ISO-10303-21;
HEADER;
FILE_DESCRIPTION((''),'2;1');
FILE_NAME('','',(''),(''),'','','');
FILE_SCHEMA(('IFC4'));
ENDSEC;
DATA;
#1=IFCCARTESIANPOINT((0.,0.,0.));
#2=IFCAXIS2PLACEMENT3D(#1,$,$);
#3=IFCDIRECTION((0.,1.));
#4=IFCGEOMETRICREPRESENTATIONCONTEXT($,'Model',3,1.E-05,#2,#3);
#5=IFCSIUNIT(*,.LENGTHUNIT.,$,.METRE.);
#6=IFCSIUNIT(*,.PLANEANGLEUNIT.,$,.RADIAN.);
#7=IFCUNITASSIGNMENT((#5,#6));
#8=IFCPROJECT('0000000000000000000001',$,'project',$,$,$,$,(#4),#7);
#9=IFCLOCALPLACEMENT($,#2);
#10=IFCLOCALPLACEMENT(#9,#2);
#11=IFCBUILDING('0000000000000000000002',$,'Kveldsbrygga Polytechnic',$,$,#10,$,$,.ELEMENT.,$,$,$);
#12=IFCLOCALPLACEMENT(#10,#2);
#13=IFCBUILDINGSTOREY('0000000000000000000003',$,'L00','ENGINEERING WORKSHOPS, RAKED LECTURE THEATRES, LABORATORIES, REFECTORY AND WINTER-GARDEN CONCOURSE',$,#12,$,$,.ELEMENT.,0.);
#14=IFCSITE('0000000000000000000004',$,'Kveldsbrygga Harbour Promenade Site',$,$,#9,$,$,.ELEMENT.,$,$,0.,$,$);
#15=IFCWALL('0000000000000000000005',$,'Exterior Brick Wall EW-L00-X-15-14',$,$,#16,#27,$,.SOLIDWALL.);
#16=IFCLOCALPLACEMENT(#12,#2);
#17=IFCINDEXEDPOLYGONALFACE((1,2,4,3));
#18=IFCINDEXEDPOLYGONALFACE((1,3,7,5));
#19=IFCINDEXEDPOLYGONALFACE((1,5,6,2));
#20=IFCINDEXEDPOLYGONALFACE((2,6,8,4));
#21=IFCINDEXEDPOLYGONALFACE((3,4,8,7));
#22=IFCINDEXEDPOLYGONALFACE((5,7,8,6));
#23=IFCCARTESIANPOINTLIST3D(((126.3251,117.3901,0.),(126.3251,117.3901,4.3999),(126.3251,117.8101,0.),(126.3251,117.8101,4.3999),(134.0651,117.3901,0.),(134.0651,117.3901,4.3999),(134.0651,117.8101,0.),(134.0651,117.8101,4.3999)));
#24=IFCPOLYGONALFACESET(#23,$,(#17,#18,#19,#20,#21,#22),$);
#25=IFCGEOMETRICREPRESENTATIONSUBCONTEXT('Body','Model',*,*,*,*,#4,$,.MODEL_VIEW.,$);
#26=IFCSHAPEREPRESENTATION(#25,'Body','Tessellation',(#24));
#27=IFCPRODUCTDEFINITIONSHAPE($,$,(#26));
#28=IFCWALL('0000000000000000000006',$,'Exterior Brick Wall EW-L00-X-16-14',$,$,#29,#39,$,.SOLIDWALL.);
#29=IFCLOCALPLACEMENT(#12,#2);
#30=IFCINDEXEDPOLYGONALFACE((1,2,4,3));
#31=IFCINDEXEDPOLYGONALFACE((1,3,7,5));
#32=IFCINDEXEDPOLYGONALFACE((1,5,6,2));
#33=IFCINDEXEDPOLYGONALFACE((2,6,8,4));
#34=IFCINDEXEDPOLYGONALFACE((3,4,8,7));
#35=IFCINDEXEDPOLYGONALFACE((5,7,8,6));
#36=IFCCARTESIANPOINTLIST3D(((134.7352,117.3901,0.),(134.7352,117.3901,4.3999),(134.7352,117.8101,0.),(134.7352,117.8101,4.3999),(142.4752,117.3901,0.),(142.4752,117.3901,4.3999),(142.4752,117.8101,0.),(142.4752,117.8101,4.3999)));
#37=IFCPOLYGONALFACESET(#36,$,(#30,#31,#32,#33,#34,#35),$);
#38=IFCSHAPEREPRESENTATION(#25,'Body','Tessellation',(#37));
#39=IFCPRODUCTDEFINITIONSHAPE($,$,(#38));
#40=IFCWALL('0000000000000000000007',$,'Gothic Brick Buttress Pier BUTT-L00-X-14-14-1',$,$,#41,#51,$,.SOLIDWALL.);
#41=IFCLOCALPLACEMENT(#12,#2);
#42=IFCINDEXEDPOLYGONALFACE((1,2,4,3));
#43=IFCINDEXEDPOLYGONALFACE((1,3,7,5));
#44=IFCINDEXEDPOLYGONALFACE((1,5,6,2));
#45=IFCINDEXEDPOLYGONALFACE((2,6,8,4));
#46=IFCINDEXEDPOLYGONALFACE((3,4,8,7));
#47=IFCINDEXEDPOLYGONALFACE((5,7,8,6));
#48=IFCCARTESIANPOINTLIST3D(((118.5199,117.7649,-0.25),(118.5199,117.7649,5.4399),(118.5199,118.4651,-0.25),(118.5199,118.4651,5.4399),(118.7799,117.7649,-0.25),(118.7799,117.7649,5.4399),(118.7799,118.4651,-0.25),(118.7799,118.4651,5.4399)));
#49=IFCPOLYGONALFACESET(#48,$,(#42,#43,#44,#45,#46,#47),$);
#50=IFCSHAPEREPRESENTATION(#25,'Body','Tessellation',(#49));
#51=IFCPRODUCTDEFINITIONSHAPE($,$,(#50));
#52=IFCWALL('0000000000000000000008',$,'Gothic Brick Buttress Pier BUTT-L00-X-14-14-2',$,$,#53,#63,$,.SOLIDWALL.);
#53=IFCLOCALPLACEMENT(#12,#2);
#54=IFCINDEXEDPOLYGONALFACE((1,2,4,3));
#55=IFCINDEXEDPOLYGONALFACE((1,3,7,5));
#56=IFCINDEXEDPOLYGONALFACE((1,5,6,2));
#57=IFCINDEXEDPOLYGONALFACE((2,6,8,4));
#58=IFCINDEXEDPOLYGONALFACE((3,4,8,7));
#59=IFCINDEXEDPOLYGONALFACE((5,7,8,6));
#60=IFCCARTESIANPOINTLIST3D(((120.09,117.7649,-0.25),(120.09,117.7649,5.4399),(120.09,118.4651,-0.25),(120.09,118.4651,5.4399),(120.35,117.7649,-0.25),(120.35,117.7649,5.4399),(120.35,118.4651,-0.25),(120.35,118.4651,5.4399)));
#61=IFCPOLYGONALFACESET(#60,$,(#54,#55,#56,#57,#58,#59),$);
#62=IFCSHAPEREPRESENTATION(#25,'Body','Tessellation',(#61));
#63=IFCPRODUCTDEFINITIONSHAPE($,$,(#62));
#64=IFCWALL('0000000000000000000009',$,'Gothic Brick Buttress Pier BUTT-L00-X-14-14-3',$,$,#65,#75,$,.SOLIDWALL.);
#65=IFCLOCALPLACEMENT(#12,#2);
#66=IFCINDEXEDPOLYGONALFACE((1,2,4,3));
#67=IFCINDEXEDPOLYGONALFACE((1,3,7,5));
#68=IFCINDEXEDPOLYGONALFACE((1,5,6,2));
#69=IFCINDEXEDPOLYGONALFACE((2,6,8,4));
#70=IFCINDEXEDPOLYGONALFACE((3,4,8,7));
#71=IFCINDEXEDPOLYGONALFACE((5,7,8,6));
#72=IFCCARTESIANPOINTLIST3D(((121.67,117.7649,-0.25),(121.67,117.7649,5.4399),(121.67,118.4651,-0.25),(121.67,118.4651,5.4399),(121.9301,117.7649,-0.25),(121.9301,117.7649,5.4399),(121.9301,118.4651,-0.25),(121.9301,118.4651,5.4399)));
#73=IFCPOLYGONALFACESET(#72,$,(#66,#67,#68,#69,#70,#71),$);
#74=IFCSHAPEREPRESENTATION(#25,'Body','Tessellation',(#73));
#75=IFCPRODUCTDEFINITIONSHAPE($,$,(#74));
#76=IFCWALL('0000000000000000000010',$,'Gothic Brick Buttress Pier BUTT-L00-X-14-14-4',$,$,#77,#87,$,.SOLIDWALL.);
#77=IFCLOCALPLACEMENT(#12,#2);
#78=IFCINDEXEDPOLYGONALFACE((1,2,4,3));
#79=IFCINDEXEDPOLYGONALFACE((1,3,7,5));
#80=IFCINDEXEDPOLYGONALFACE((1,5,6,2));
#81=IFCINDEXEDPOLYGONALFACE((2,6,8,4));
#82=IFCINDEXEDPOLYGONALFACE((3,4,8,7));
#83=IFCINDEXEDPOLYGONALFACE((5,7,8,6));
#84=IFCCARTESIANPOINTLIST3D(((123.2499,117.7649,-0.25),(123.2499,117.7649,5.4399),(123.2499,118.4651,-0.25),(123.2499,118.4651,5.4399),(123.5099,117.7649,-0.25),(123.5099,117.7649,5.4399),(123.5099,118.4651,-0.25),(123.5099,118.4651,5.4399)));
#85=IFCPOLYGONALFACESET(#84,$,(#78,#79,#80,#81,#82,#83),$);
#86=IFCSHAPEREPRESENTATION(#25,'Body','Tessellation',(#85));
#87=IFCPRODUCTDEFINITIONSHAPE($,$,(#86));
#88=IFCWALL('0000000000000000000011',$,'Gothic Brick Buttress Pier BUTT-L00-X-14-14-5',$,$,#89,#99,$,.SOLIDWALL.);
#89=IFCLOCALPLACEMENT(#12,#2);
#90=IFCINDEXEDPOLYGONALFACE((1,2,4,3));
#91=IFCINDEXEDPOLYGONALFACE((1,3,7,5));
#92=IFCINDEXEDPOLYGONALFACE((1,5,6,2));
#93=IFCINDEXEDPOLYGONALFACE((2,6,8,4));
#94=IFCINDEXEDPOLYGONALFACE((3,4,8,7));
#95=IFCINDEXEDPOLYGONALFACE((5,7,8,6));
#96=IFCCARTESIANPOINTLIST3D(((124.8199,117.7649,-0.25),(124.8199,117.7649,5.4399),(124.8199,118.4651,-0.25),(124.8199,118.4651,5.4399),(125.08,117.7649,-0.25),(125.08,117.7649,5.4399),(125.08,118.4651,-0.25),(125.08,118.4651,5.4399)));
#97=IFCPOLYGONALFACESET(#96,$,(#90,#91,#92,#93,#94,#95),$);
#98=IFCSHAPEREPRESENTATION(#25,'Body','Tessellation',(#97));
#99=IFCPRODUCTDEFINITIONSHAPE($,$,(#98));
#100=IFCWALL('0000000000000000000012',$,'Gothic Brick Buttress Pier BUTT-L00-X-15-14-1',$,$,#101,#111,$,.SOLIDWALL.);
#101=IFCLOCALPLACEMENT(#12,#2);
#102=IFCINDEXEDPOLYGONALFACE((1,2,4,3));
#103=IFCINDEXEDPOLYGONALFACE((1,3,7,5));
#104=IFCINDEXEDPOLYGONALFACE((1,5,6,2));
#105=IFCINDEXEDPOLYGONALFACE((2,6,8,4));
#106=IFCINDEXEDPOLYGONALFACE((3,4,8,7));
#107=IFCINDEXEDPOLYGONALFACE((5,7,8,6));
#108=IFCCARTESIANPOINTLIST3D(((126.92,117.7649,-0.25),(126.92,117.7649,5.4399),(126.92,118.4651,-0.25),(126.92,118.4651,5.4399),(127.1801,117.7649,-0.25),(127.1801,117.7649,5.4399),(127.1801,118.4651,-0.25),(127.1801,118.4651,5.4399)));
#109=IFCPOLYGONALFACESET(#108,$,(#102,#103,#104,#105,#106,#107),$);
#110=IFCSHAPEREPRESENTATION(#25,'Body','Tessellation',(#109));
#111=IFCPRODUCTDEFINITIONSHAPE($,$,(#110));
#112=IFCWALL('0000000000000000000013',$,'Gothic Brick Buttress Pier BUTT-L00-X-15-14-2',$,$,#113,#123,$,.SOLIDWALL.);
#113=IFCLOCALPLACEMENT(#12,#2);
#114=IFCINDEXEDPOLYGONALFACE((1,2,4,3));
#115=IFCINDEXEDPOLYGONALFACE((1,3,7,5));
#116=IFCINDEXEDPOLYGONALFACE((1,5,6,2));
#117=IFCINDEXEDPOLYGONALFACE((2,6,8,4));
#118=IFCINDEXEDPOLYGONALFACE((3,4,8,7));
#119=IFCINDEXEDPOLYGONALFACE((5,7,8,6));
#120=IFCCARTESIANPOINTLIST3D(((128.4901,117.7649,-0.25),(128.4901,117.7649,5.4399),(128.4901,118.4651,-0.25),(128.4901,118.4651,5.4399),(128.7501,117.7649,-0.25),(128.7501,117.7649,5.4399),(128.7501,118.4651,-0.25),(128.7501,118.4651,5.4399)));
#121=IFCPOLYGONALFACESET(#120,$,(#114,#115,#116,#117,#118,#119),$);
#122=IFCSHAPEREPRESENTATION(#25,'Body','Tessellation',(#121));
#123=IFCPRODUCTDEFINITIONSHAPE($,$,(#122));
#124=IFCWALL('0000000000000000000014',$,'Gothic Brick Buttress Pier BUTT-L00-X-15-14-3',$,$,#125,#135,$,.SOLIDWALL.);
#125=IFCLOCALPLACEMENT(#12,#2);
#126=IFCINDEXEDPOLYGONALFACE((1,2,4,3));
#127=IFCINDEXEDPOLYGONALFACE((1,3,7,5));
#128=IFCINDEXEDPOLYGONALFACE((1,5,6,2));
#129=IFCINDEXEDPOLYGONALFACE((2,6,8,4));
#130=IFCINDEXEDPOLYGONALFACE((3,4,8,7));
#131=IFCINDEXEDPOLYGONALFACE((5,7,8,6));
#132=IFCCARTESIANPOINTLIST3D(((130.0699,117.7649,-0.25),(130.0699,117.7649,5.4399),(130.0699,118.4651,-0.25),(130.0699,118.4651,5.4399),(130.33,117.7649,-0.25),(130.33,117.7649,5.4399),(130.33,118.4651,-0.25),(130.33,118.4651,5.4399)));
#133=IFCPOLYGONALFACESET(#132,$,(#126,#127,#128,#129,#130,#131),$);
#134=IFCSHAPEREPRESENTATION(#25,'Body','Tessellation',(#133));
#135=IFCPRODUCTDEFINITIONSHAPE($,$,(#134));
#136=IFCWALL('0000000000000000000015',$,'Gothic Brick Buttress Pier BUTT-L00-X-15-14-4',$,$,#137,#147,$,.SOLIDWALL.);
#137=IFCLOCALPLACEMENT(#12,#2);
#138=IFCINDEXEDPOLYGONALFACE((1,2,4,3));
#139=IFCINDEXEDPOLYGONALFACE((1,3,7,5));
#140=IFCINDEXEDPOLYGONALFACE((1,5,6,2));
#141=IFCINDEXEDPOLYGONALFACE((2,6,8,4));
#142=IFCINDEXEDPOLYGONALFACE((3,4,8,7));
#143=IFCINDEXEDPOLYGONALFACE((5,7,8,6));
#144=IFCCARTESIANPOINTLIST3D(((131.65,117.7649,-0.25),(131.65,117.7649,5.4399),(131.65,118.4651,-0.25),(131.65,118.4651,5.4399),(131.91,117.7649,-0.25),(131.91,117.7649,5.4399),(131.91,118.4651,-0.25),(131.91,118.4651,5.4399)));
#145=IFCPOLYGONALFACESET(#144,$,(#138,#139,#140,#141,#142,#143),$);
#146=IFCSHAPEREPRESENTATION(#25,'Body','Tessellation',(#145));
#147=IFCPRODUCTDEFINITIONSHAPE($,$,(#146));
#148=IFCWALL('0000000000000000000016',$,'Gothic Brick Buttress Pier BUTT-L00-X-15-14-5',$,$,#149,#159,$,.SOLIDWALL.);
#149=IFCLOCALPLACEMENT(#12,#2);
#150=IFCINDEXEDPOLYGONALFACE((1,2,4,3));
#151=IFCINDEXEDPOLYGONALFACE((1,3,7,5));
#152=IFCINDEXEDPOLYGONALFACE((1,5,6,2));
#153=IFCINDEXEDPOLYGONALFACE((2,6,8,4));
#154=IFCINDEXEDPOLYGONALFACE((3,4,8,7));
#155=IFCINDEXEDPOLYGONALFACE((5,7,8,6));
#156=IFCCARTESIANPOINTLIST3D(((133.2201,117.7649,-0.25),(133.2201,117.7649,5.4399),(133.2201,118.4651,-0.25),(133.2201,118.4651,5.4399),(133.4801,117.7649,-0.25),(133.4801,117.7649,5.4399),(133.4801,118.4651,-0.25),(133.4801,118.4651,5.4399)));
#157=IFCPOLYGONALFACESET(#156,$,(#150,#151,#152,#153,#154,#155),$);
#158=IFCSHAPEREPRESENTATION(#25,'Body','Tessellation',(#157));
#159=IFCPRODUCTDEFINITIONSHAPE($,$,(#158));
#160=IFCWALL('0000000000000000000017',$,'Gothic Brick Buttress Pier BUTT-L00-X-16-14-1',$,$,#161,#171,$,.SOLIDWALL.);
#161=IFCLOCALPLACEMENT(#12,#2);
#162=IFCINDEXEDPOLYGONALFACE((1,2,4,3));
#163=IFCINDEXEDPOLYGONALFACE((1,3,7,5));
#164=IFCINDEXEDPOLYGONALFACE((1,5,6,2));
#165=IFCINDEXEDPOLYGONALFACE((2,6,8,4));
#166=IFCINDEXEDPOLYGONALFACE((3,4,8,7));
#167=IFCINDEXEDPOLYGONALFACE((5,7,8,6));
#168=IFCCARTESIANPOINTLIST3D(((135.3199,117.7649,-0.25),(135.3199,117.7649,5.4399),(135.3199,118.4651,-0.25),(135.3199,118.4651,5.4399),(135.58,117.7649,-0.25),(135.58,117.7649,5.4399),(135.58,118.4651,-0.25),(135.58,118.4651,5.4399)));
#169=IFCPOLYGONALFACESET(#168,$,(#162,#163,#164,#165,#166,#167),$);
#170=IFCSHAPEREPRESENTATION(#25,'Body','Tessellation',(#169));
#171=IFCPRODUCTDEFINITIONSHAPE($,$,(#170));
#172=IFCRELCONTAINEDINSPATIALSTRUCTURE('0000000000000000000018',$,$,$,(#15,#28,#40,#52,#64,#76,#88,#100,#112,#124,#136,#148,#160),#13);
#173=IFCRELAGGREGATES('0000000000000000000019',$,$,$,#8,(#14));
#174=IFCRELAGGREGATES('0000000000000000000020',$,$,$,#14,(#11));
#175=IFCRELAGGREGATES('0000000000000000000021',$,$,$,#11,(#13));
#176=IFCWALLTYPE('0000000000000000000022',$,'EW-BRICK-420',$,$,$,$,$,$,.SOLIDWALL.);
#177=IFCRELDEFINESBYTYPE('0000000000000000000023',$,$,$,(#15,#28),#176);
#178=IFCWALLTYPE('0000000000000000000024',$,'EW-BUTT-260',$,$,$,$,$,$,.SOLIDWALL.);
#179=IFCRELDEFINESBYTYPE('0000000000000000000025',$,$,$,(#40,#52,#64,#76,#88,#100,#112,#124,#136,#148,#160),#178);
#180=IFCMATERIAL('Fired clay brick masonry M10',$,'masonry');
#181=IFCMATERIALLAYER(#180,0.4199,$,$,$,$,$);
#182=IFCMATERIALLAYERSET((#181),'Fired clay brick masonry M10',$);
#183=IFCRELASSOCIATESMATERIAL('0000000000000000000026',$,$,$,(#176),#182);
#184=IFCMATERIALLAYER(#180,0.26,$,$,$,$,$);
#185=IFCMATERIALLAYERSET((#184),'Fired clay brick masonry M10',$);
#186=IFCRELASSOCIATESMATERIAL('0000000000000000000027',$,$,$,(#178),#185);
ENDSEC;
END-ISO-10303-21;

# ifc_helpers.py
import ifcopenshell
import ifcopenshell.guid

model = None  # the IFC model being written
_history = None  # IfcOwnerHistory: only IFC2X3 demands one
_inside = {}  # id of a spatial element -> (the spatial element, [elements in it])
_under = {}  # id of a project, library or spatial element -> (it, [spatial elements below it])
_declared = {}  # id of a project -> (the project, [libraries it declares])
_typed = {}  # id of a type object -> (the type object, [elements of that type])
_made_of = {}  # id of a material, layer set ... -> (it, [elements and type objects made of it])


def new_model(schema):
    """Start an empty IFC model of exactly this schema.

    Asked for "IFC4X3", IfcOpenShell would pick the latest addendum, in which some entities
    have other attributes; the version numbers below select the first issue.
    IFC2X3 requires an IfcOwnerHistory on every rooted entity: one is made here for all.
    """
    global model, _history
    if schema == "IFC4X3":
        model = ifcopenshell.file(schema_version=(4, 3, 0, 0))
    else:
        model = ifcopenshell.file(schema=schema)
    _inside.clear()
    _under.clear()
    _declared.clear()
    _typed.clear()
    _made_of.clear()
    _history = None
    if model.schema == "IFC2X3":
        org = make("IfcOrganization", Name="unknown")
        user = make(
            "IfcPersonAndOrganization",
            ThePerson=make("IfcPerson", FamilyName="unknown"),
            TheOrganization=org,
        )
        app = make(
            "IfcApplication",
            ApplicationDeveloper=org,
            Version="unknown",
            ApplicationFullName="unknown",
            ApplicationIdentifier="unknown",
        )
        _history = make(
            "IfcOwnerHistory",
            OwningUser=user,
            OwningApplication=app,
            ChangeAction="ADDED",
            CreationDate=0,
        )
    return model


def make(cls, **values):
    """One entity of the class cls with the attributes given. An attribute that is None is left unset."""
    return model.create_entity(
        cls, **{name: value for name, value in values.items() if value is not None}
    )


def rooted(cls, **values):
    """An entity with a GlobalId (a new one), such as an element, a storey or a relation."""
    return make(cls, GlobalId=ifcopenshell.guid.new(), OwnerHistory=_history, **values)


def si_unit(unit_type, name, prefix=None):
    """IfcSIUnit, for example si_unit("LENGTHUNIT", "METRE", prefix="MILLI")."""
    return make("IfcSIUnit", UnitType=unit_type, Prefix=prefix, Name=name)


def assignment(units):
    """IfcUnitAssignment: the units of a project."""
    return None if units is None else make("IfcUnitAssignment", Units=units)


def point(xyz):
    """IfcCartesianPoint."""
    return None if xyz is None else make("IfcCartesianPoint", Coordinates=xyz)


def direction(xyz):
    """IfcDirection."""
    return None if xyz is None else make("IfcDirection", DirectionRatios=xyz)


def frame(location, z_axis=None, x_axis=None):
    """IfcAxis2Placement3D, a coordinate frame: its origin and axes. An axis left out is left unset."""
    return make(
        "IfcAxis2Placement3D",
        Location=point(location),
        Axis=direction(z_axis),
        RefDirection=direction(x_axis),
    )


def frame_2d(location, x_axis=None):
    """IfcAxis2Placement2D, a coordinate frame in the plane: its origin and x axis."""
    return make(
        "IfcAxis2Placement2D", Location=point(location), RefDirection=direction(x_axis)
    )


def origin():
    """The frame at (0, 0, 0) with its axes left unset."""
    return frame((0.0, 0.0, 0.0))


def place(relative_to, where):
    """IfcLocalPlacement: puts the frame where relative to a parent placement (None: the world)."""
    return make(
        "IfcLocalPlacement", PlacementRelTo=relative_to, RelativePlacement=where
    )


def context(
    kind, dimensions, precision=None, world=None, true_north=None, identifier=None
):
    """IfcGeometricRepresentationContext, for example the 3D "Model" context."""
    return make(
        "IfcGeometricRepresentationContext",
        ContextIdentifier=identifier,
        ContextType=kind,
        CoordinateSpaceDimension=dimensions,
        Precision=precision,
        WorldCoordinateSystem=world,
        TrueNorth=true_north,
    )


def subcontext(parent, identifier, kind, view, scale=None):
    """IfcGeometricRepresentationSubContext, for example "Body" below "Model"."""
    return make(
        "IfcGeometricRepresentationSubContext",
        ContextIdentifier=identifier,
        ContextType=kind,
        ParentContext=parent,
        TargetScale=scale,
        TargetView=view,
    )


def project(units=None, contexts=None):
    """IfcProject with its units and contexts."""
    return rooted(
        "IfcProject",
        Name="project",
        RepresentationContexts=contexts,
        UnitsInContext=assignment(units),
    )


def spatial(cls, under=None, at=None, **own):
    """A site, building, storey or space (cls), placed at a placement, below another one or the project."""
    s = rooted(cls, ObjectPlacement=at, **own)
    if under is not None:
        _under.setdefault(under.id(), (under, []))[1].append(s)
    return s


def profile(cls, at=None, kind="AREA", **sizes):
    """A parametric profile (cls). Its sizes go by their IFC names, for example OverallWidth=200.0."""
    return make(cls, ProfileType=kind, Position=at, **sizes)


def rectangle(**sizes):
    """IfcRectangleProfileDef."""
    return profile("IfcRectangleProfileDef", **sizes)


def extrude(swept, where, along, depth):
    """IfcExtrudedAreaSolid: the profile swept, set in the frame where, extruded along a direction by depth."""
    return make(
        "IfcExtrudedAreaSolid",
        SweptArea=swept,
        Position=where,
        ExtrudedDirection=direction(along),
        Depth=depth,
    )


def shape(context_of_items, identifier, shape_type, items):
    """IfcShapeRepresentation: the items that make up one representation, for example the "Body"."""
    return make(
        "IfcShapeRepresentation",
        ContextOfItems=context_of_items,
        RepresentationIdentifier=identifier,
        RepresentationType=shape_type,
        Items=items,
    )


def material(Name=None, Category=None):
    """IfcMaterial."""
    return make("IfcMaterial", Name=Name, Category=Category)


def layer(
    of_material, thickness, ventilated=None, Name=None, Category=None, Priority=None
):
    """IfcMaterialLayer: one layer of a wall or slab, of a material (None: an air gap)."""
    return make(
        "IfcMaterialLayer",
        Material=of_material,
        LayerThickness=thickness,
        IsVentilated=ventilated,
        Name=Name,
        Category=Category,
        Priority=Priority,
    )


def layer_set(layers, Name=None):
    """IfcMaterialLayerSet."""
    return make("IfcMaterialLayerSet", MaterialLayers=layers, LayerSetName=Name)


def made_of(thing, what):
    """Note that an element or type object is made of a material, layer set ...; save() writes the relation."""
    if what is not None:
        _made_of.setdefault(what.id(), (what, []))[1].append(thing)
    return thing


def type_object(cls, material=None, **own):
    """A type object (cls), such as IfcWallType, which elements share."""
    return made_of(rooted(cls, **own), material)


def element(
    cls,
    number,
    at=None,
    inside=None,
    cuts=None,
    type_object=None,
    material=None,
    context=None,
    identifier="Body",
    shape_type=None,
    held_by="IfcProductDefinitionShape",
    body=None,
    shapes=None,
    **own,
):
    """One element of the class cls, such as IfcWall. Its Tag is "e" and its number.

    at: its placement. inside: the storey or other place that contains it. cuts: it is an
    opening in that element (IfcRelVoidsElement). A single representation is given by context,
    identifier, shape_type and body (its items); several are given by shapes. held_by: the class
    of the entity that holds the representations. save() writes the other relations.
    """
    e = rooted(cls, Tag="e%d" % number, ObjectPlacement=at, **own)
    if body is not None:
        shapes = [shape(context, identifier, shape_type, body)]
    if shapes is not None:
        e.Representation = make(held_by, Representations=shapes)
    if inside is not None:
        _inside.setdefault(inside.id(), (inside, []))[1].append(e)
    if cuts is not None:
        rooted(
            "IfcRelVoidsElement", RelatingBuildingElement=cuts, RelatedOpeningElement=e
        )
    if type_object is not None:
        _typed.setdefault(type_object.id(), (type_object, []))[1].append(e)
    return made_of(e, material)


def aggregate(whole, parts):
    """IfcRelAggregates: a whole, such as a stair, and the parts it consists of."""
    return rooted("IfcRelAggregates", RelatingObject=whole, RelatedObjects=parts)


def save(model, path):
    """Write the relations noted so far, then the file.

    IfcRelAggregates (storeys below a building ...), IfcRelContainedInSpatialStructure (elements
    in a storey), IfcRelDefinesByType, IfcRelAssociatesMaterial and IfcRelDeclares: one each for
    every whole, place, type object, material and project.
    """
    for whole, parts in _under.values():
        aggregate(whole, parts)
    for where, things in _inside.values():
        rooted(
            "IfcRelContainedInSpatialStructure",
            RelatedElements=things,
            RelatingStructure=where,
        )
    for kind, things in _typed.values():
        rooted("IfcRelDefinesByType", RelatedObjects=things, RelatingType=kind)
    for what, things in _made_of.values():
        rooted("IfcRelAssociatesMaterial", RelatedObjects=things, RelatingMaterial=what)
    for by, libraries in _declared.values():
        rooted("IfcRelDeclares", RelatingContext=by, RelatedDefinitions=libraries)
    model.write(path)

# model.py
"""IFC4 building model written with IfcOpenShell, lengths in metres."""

from ifc_helpers import new_model, si_unit, direction, frame, frame_2d, origin, place, context, subcontext, project, spatial, rectangle, extrude, material, layer, layer_set, type_object, element, save


model = new_model("IFC4")

# Units and contexts
model_context = context("Model", 3, precision=1e-05, world=origin(), true_north=direction((0.0, 1.0)))
body_context = subcontext(model_context, "Body", "Model", "MODEL_VIEW")
ifc_project = project(units=[si_unit("LENGTHUNIT", "METRE"), si_unit("PLANEANGLEUNIT", "RADIAN")], contexts=[model_context])

# Site, building, storey
site_placement = place(None, origin())
site = spatial("IfcSite", under=ifc_project, at=site_placement, Name="Kveldsbrygga Harbour Promenade Site", CompositionType="ELEMENT", RefElevation=0.0)
building_placement = place(site_placement, origin())
building = spatial("IfcBuilding", under=site, at=building_placement, Name="Kveldsbrygga Polytechnic", CompositionType="ELEMENT")
storey_placement = place(building_placement, origin())
storey = spatial("IfcBuildingStorey", under=building, at=storey_placement, Name="L00", Description="ENGINEERING WORKSHOPS, RAKED LECTURE THEATRES, LABORATORIES, REFECTORY AND WINTER-GARDEN CONCOURSE", CompositionType="ELEMENT", Elevation=0.0)

# Shared definitions
ifc_material_1 = material(Name="Fired clay brick masonry M10", Category="masonry")
ifc_layer_1 = layer(ifc_material_1, 0.4199)
ifc_layer_set_1 = layer_set([ifc_layer_1], Name="Fired clay brick masonry M10")
wall_type_1 = type_object("IfcWallType", Name="EW-BRICK-420", PredefinedType="SOLIDWALL", material=ifc_layer_set_1)

# Walls
for number, where, z_axis, x_axis, name in (
    (1, (126.325, 117.6001, 0.0), (0.0, 0.0, 1.0), (1.0, 0.0, 0.0), "Exterior Brick Wall EW-L00-X-15-14"),
    (2, (134.7351, 117.6001, 0.0), (0.0, 0.0, 1.0), (1.0, 0.0, 0.0), "Exterior Brick Wall EW-L00-X-16-14"),
):
    element("IfcWall", number, at=place(storey_placement, frame(where, z_axis=z_axis, x_axis=x_axis)), inside=storey, type_object=wall_type_1, Name=name, PredefinedType="SOLIDWALL", context=body_context, shape_type="SweptSolid", body=[
        extrude(rectangle(XDim=7.74, YDim=0.4199, at=frame_2d((3.8701, 0.0))), origin(), (0.0, 0.0, 1.0), 4.3999),
    ])
ifc_layer_2 = layer(ifc_material_1, 0.26)
ifc_layer_set_2 = layer_set([ifc_layer_2], Name="Fired clay brick masonry M10")
wall_type_2 = type_object("IfcWallType", Name="EW-BUTT-260", PredefinedType="SOLIDWALL", material=ifc_layer_set_2)
for number, where, z_axis, x_axis, name in (
    (3, (118.6499, 117.7649, -0.25), (0.0, 0.0, 1.0), (0.0, 1.0, 0.0), "Gothic Brick Buttress Pier BUTT-L00-X-14-14-1"),
    (4, (120.22, 117.7649, -0.25), (0.0, 0.0, 1.0), (0.0, 1.0, 0.0), "Gothic Brick Buttress Pier BUTT-L00-X-14-14-2"),
    (5, (121.8, 117.7649, -0.25), (0.0, 0.0, 1.0), (0.0, 1.0, 0.0), "Gothic Brick Buttress Pier BUTT-L00-X-14-14-3"),
    (6, (123.3799, 117.7649, -0.25), (0.0, 0.0, 1.0), (0.0, 1.0, 0.0), "Gothic Brick Buttress Pier BUTT-L00-X-14-14-4"),
    (7, (124.95, 117.7649, -0.25), (0.0, 0.0, 1.0), (0.0, 1.0, 0.0), "Gothic Brick Buttress Pier BUTT-L00-X-14-14-5"),
    (8, (127.05, 117.7649, -0.25), (0.0, 0.0, 1.0), (0.0, 1.0, 0.0), "Gothic Brick Buttress Pier BUTT-L00-X-15-14-1"),
    (9, (128.6201, 117.7649, -0.25), (0.0, 0.0, 1.0), (0.0, 1.0, 0.0), "Gothic Brick Buttress Pier BUTT-L00-X-15-14-2"),
    (10, (130.2, 117.7649, -0.25), (0.0, 0.0, 1.0), (0.0, 1.0, 0.0), "Gothic Brick Buttress Pier BUTT-L00-X-15-14-3"),
    (11, (131.78, 117.7649, -0.25), (0.0, 0.0, 1.0), (0.0, 1.0, 0.0), "Gothic Brick Buttress Pier BUTT-L00-X-15-14-4"),
    (12, (133.3501, 117.7649, -0.25), (0.0, 0.0, 1.0), (0.0, 1.0, 0.0), "Gothic Brick Buttress Pier BUTT-L00-X-15-14-5"),
    (13, (135.45, 117.7649, -0.25), (0.0, 0.0, 1.0), (0.0, 1.0, 0.0), "Gothic Brick Buttress Pier BUTT-L00-X-16-14-1"),
):
    element("IfcWall", number, at=place(storey_placement, frame(where, z_axis=z_axis, x_axis=x_axis)), inside=storey, type_object=wall_type_2, Name=name, PredefinedType="SOLIDWALL", context=body_context, shape_type="SweptSolid", body=[
        extrude(rectangle(XDim=0.7002, YDim=0.26, at=frame_2d((0.3501, 0.0))), origin(), (0.0, 0.0, 1.0), 5.6899),
    ])

save(model, "model.ifc")
